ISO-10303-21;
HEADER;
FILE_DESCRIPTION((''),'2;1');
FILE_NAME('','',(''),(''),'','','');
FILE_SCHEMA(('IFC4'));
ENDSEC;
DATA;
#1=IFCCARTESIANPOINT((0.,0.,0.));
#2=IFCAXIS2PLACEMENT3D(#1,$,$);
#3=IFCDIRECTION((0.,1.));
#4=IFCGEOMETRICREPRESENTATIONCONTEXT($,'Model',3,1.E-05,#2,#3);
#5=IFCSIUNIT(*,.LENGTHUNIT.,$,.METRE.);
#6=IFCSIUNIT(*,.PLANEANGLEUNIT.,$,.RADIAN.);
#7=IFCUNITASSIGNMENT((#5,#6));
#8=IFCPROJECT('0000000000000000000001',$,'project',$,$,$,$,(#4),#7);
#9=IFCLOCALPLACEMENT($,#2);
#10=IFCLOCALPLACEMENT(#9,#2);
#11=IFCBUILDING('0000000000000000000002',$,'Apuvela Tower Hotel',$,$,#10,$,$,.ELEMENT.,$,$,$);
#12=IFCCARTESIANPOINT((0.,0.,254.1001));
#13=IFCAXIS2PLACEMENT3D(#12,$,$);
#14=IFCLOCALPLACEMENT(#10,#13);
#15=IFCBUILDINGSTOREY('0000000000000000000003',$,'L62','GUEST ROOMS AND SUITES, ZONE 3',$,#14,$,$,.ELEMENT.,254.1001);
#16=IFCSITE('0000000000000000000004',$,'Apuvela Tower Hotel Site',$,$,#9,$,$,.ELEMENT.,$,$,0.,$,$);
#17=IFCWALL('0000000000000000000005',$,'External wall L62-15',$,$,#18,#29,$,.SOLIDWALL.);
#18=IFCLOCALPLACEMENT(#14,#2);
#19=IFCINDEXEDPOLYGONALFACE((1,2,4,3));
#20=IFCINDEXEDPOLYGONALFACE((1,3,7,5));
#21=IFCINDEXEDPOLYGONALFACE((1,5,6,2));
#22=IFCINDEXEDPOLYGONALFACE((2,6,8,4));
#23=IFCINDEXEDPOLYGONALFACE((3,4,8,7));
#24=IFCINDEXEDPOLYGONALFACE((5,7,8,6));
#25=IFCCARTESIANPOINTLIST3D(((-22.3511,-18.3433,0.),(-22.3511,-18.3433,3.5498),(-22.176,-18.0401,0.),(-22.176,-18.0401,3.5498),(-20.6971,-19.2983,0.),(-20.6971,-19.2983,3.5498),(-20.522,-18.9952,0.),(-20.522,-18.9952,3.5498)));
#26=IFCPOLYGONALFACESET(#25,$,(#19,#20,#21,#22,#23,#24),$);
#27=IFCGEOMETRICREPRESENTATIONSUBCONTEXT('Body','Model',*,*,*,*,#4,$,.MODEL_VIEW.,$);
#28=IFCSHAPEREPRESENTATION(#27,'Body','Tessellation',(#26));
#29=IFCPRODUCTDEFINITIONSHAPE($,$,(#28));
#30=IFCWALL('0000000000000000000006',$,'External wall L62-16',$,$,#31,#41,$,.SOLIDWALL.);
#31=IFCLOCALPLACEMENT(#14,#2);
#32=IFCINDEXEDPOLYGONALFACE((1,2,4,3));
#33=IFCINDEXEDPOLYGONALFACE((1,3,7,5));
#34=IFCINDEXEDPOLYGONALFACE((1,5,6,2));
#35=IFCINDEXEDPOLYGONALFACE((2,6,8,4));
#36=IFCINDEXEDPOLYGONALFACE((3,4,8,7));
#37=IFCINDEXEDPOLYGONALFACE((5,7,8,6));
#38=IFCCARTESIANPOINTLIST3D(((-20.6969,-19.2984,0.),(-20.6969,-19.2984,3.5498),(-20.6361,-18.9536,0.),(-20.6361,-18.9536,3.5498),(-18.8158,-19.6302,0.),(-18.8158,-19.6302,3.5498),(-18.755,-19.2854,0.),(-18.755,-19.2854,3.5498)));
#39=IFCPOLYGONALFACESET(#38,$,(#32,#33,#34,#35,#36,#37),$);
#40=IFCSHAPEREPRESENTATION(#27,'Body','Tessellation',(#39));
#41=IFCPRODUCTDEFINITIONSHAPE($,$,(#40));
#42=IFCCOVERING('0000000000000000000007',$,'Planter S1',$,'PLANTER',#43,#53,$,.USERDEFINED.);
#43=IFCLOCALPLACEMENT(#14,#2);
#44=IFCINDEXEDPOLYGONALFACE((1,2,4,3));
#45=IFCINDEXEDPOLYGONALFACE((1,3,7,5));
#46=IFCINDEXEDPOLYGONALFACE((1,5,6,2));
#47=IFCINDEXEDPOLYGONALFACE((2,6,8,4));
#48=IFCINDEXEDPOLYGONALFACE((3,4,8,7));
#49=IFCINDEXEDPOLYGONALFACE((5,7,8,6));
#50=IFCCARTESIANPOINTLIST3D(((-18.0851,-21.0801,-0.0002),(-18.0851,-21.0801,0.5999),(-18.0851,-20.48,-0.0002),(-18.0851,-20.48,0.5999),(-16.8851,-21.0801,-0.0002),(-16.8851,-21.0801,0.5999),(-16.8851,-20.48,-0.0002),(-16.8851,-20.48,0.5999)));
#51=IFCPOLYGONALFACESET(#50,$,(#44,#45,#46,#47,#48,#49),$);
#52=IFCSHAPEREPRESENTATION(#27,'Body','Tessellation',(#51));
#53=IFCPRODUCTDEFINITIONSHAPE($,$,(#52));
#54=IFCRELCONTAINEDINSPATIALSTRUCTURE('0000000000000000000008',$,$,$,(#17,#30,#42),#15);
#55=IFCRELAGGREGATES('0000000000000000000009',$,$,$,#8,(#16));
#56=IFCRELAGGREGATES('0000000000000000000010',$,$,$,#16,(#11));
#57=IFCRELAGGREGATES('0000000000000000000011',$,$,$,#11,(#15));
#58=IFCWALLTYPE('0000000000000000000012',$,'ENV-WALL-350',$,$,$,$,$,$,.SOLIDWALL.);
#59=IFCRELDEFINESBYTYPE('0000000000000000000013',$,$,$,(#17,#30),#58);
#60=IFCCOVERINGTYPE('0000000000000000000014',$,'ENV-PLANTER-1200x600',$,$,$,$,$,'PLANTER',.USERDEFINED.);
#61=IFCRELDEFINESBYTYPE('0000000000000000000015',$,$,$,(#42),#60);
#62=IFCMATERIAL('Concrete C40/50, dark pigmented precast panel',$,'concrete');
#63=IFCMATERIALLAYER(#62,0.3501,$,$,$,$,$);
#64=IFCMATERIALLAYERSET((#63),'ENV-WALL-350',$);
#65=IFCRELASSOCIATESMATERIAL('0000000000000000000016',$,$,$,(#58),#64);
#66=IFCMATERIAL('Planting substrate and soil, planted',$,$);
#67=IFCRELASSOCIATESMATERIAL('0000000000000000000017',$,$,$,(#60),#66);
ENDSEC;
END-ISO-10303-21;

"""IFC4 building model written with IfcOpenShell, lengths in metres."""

from ifc_helpers import new_model, si_unit, direction, frame, frame_2d, origin, origin_2d, place, context, subcontext, project, spatial, rectangle, extrude, material, layer, layer_set, type_object, element, save


model = new_model("IFC4")

# Units and contexts
model_context = context("Model", 3, precision=1e-05, world=origin(), true_north=direction((0.0, 1.0)))
body_context = subcontext(model_context, "Body", "Model", "MODEL_VIEW")
ifc_project = project(units=[si_unit("LENGTHUNIT", "METRE"), si_unit("PLANEANGLEUNIT", "RADIAN")], contexts=[model_context])

# Site, building, storey
site_placement = place(None, origin())
site = spatial("IfcSite", under=ifc_project, at=site_placement, Name="Apuvela Tower Hotel Site", CompositionType="ELEMENT", RefElevation=0.0)
building_placement = place(site_placement, origin())
building = spatial("IfcBuilding", under=site, at=building_placement, Name="Apuvela Tower Hotel", CompositionType="ELEMENT")
storey_placement = place(building_placement, frame((0.0, 0.0, 254.1001)))
storey = spatial("IfcBuildingStorey", under=building, at=storey_placement, Name="L62", Description="GUEST ROOMS AND SUITES, ZONE 3", CompositionType="ELEMENT", Elevation=254.1001)

# Walls
ifc_material_1 = material(Name="Concrete C40/50, dark pigmented precast panel", Category="concrete")
ifc_layer_1 = layer(ifc_material_1, 0.3501)
ifc_layer_set_1 = layer_set([ifc_layer_1], Name="ENV-WALL-350")
wall_type_1 = type_object("IfcWallType", Name="ENV-WALL-350", PredefinedType="SOLIDWALL", material=ifc_layer_set_1)
for number, where, z_axis, x_axis, name in (
    (1, (-22.2637, -18.1917, 0.0), (0.0, 0.0, 1.0), (0.866, -0.500043, 0.0), "External wall L62-15"),
):
    element("IfcWall", number, at=place(storey_placement, frame(where, z_axis=z_axis, x_axis=x_axis)), inside=storey, type_object=wall_type_1, Name=name, PredefinedType="SOLIDWALL", context=body_context, shape_type="SweptSolid", body=[
        extrude(rectangle(XDim=1.9099, YDim=0.3501, at=frame_2d((0.9551, 0.0))), origin(), (0.0, 0.0, 1.0), 3.5498),
    ])
wall_1_placement = place(storey_placement, frame((-20.6665, -19.126, 0.0), z_axis=(0.0, 0.0, 1.0), x_axis=(0.984799, -0.173698, 0.0)))
element("IfcWall", 2, at=wall_1_placement, inside=storey, type_object=wall_type_1, Name="External wall L62-16", PredefinedType="SOLIDWALL", context=body_context, shape_type="SweptSolid", body=[
    extrude(rectangle(XDim=1.9102, YDim=0.3501, at=frame_2d((0.9551, 0.0))), origin(), (0.0, 0.0, 1.0), 3.5498),
])

# Covering
ifc_material_2 = material(Name="Planting substrate and soil, planted")
covering_type = type_object("IfcCoveringType", Name="ENV-PLANTER-1200x600", ElementType="PLANTER", PredefinedType="USERDEFINED", material=ifc_material_2)
covering_placement = place(storey_placement, frame((-17.4851, -20.78, -0.0002), z_axis=(0.0, 0.0, 1.0), x_axis=(1.0, 0.0, 0.0)))
element("IfcCovering", 3, at=covering_placement, inside=storey, type_object=covering_type, Name="Planter S1", ObjectType="PLANTER", PredefinedType="USERDEFINED", context=body_context, shape_type="SweptSolid", body=[
    extrude(rectangle(XDim=1.2, YDim=0.6001, at=origin_2d()), origin(), (0.0, 0.0, 1.0), 0.6001),
])

save(model, "model.ifc")
